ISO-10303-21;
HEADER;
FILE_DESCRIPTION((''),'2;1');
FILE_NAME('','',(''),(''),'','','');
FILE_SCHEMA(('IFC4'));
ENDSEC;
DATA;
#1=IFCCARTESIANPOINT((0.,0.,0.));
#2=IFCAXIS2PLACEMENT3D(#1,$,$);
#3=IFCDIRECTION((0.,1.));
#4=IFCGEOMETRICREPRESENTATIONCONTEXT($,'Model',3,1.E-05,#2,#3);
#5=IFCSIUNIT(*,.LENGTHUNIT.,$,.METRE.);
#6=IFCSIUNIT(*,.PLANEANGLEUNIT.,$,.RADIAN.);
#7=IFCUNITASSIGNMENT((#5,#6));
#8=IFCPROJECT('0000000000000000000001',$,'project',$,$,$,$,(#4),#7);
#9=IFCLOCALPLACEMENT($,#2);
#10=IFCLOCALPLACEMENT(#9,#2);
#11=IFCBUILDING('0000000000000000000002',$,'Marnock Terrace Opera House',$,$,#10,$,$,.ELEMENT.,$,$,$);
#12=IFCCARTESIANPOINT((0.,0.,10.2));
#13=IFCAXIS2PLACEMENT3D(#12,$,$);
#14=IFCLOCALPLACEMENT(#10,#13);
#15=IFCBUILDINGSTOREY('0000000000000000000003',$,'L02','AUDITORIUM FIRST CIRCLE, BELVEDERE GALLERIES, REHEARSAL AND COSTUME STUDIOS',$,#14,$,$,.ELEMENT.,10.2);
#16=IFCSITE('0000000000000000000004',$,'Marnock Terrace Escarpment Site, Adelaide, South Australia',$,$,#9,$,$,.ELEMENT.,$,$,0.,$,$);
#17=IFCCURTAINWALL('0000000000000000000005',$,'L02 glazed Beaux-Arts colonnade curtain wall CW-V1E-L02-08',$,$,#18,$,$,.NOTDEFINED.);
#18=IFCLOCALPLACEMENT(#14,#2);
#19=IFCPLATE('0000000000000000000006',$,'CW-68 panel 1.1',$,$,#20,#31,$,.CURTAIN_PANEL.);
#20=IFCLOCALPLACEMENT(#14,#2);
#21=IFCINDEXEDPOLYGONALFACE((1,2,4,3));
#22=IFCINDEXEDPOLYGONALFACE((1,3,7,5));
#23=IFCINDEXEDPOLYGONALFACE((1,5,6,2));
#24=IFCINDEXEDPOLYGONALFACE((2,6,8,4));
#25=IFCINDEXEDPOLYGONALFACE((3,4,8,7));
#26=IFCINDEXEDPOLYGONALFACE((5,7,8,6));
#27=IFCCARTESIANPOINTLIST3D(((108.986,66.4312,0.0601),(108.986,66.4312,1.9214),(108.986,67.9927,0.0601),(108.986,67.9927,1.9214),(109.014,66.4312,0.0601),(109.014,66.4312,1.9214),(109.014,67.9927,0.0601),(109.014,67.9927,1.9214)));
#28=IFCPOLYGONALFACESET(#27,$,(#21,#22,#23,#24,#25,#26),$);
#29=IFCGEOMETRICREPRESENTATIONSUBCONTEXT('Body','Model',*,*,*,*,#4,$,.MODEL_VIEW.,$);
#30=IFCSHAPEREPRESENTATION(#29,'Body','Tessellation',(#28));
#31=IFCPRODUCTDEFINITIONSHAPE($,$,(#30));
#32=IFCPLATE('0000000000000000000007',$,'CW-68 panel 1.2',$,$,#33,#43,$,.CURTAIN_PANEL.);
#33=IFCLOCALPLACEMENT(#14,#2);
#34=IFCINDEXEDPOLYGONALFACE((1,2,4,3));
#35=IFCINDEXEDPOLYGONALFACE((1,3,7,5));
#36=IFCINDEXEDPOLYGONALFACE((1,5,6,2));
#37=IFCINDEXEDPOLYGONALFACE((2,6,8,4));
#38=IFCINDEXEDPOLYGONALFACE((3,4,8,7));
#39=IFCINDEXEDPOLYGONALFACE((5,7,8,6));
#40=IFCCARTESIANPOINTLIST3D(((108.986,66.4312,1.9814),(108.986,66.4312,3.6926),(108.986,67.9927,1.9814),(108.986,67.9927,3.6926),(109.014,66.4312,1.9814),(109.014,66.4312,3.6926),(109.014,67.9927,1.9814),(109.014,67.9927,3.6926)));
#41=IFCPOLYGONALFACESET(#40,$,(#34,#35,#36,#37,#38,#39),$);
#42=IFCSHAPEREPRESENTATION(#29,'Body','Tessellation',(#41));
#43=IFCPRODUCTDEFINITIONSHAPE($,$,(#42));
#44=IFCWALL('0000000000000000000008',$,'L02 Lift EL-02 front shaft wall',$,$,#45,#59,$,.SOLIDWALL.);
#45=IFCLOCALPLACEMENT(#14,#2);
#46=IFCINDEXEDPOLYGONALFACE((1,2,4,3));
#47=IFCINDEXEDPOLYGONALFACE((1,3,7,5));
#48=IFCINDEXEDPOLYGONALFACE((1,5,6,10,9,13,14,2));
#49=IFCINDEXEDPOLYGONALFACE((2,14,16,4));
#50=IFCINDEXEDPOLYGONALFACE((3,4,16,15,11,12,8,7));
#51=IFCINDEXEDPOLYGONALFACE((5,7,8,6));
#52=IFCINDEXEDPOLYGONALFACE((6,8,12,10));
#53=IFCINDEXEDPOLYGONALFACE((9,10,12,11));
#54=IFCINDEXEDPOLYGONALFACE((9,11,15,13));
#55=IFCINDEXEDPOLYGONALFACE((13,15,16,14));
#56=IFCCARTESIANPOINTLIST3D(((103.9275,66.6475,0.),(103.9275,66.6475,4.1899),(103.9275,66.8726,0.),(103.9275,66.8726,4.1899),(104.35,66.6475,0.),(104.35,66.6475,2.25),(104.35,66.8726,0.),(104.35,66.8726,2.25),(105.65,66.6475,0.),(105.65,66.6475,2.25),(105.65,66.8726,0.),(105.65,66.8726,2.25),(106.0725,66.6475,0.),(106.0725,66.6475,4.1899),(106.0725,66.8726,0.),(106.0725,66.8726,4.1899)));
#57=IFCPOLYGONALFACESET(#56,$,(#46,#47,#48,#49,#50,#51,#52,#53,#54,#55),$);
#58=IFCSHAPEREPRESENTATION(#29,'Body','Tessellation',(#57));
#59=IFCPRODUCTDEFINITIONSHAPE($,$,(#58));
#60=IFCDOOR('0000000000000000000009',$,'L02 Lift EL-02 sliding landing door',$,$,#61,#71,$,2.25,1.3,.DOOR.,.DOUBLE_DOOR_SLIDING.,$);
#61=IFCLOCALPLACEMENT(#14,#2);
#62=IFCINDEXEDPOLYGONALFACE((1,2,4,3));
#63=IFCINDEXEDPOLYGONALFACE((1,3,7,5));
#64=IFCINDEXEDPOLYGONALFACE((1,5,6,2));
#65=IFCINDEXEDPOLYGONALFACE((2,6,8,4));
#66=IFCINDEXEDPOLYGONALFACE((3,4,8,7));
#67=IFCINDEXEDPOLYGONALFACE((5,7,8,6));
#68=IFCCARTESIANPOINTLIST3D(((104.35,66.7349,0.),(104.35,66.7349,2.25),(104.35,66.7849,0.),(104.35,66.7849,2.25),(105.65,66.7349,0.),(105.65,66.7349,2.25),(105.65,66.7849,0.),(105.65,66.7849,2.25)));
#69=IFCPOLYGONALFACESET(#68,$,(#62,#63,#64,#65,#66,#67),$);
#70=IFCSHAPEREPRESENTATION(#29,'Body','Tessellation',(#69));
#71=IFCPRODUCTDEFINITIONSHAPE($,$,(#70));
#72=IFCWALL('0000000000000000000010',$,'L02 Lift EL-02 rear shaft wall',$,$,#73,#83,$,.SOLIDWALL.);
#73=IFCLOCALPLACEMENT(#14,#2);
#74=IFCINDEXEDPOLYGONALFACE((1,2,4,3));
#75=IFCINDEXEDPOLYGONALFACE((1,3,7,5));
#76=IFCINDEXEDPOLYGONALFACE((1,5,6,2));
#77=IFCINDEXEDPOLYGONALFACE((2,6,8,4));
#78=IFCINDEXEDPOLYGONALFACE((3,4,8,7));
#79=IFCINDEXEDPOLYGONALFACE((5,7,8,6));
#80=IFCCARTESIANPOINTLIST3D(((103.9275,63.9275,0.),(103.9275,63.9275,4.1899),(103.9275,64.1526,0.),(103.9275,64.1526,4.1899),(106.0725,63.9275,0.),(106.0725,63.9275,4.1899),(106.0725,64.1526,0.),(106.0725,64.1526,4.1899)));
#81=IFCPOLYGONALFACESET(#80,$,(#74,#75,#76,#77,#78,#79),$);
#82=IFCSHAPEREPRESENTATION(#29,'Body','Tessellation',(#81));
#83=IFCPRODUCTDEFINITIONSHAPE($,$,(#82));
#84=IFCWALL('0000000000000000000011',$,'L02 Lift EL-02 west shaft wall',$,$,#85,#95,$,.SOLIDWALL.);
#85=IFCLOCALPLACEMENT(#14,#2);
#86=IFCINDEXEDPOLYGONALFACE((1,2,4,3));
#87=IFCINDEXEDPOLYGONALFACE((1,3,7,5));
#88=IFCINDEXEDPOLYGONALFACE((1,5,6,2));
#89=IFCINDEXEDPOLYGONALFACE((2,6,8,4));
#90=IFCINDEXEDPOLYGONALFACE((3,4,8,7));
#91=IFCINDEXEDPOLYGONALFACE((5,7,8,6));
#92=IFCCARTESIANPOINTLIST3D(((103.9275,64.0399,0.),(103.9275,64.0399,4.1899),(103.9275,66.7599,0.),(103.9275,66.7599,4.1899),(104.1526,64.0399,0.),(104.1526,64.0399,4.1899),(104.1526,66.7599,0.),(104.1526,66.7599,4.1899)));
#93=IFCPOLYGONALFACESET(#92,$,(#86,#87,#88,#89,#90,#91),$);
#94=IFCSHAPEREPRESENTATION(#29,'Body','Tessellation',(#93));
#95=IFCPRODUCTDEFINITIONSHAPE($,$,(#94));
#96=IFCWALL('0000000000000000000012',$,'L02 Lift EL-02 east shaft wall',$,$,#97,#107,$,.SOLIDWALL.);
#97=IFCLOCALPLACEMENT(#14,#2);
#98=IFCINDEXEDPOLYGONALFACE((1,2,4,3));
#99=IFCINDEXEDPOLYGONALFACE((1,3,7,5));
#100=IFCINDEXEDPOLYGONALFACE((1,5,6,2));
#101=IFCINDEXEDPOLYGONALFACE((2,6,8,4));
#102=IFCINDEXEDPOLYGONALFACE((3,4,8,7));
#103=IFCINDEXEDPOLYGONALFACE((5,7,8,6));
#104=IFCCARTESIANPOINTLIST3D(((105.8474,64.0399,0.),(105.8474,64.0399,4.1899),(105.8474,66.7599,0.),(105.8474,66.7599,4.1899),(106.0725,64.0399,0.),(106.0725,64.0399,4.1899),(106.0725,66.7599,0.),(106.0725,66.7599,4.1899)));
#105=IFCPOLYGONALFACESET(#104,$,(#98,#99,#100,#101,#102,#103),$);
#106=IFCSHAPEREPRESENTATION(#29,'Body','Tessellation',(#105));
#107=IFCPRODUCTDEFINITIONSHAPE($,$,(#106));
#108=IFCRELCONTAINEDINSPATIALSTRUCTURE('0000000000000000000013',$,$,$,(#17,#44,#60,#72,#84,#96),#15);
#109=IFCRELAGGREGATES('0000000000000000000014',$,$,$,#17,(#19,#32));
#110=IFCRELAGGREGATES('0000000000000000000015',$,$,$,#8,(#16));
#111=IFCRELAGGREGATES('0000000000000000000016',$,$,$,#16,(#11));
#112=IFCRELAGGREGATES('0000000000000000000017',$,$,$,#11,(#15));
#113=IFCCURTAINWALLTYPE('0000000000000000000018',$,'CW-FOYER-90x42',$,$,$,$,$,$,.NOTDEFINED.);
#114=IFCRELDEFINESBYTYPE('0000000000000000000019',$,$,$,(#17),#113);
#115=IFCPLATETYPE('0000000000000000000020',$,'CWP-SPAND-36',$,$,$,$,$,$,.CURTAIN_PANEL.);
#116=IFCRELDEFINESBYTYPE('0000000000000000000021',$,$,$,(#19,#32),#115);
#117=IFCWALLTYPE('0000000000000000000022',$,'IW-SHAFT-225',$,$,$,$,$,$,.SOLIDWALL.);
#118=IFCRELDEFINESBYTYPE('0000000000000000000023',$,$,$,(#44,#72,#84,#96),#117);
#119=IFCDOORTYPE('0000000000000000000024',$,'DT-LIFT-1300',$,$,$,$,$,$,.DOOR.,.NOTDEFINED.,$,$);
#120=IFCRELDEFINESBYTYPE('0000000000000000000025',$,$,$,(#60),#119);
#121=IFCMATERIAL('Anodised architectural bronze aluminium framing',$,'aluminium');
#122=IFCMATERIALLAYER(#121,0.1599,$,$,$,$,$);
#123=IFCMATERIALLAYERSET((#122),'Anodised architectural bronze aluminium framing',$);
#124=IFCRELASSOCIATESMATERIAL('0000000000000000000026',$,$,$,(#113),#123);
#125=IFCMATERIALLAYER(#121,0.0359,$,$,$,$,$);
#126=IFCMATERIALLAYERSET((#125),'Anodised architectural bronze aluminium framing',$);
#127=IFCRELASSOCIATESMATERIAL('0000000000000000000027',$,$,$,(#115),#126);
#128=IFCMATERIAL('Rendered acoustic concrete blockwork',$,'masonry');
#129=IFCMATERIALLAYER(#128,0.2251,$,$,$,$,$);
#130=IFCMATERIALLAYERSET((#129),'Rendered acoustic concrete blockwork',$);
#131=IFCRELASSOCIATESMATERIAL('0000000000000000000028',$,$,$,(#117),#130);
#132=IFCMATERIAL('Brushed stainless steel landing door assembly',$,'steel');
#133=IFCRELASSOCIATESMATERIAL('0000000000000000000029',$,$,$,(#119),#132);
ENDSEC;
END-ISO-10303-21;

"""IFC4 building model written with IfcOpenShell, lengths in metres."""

from ifc_helpers import new_model, si_unit, direction, frame, frame_2d, origin, origin_2d, place, context, subcontext, project, spatial, rectangle, extrude, material, layer, layer_set, type_object, element, fill, aggregate, save


model = new_model("IFC4")

# Units and contexts
model_context = context("Model", 3, precision=1e-05, world=origin(), true_north=direction((0.0, 1.0)))
body_context = subcontext(model_context, "Body", "Model", "MODEL_VIEW")
ifc_project = project(units=[si_unit("LENGTHUNIT", "METRE"), si_unit("PLANEANGLEUNIT", "RADIAN")], contexts=[model_context])

# Site, building, storey
site_placement = place(None, origin())
site = spatial("IfcSite", under=ifc_project, at=site_placement, Name="Marnock Terrace Escarpment Site, Adelaide, South Australia", CompositionType="ELEMENT", RefElevation=0.0)
building_placement = place(site_placement, origin())
building = spatial("IfcBuilding", under=site, at=building_placement, Name="Marnock Terrace Opera House", CompositionType="ELEMENT")
storey_placement = place(building_placement, frame((0.0, 0.0, 10.2)))
storey = spatial("IfcBuildingStorey", under=building, at=storey_placement, Name="L02", Description="AUDITORIUM FIRST CIRCLE, BELVEDERE GALLERIES, REHEARSAL AND COSTUME STUDIOS", CompositionType="ELEMENT", Elevation=10.2)

# Curtain wall
ifc_material_1 = material(Name="Anodised architectural bronze aluminium framing", Category="aluminium")
ifc_layer_1 = layer(ifc_material_1, 0.1599)
ifc_layer_set_1 = layer_set([ifc_layer_1], Name="Anodised architectural bronze aluminium framing")
curtain_wall_type = type_object("IfcCurtainWallType", Name="CW-FOYER-90x42", PredefinedType="NOTDEFINED", material=ifc_layer_set_1)
curtain_wall_1_placement = place(storey_placement, origin())
curtain_wall_1 = element("IfcCurtainWall", 1, at=curtain_wall_1_placement, inside=storey, type_object=curtain_wall_type, Name="L02 glazed Beaux-Arts colonnade curtain wall CW-V1E-L02-08", PredefinedType="NOTDEFINED")

# Plates
ifc_layer_2 = layer(ifc_material_1, 0.0359)
ifc_layer_set_2 = layer_set([ifc_layer_2], Name="Anodised architectural bronze aluminium framing")
plate_type_1 = type_object("IfcPlateType", Name="CWP-SPAND-36", PredefinedType="CURTAIN_PANEL", material=ifc_layer_set_2)
plate_1_placement = place(storey_placement, frame((109.0, 67.2119, 0.0601), z_axis=(0.0, 0.0, 1.0), x_axis=(0.0, 1.0, 0.0)))
plate_1 = element("IfcPlate", 2, at=plate_1_placement, type_object=plate_type_1, Name="CW-68 panel 1.1", PredefinedType="CURTAIN_PANEL", context=body_context, shape_type="SweptSolid", body=[
    extrude(rectangle(XDim=1.5615, YDim=0.0281, at=origin_2d()), origin(), (0.0, 0.0, 1.0), 1.8613),
])
plate_2_placement = place(storey_placement, frame((109.0, 67.2119, 1.9814), z_axis=(0.0, 0.0, 1.0), x_axis=(0.0, 1.0, 0.0)))
plate_2 = element("IfcPlate", 3, at=plate_2_placement, type_object=plate_type_1, Name="CW-68 panel 1.2", PredefinedType="CURTAIN_PANEL", context=body_context, shape_type="SweptSolid", body=[
    extrude(rectangle(XDim=1.5615, YDim=0.0281, at=origin_2d()), origin(), (0.0, 0.0, 1.0), 1.7112),
])
aggregate(curtain_wall_1, [plate_1, plate_2])

# Wall, opening, door
ifc_material_2 = material(Name="Rendered acoustic concrete blockwork", Category="masonry")
ifc_layer_3 = layer(ifc_material_2, 0.2251)
ifc_layer_set_3 = layer_set([ifc_layer_3], Name="Rendered acoustic concrete blockwork")
wall_type = type_object("IfcWallType", Name="IW-SHAFT-225", PredefinedType="SOLIDWALL", material=ifc_layer_set_3)
wall_1_placement = place(storey_placement, frame((103.9275, 66.76, 0.0), z_axis=(0.0, 0.0, 1.0), x_axis=(1.0, 0.0, 0.0)))
wall_1 = element("IfcWall", 4, at=wall_1_placement, inside=storey, type_object=wall_type, Name="L02 Lift EL-02 front shaft wall", PredefinedType="SOLIDWALL", context=body_context, shape_type="SweptSolid", body=[
    extrude(rectangle(XDim=2.145, YDim=0.2251, at=frame_2d((1.0725, 0.0))), origin(), (0.0, 0.0, 1.0), 4.1899),
])
opening_placement = place(wall_1_placement, frame((0.4226, 0.0, 0.0)))
opening = element("IfcOpeningElement", 5, at=opening_placement, cuts=wall_1, PredefinedType="OPENING", context=body_context, shape_type="SweptSolid", body=[
    extrude(rectangle(XDim=1.3, YDim=2.25, at=frame_2d((0.6499, 1.125))), frame((0.0, 0.1226, 0.0), z_axis=(0.0, -1.0, 0.0), x_axis=(1.0, 0.0, 0.0)), (0.0, 0.0, 1.0), 0.2451),
])
ifc_material_3 = material(Name="Brushed stainless steel landing door assembly", Category="steel")
door_type = type_object("IfcDoorType", Name="DT-LIFT-1300", OperationType="NOTDEFINED", PredefinedType="DOOR", material=ifc_material_3)
door_placement = place(opening_placement, origin())
door = element("IfcDoor", 6, at=door_placement, inside=storey, type_object=door_type, Name="L02 Lift EL-02 sliding landing door", OperationType="DOUBLE_DOOR_SLIDING", OverallHeight=2.25, OverallWidth=1.3, PredefinedType="DOOR", context=body_context, shape_type="SweptSolid", body=[
    extrude(rectangle(XDim=1.3, YDim=2.25, at=frame_2d((0.6499, 1.125))), frame((0.0, 0.0249, 0.0), z_axis=(0.0, -1.0, 0.0), x_axis=(1.0, 0.0, 0.0)), (0.0, 0.0, 1.0), 0.05),
])
fill(opening, door)

# Walls
wall_2_placement = place(storey_placement, frame((103.9275, 64.04, 0.0), z_axis=(0.0, 0.0, 1.0), x_axis=(1.0, 0.0, 0.0)))
element("IfcWall", 7, at=wall_2_placement, inside=storey, type_object=wall_type, Name="L02 Lift EL-02 rear shaft wall", PredefinedType="SOLIDWALL", context=body_context, shape_type="SweptSolid", body=[
    extrude(rectangle(XDim=2.145, YDim=0.2251, at=frame_2d((1.0725, 0.0))), origin(), (0.0, 0.0, 1.0), 4.1899),
])
for number, where, z_axis, x_axis, name in (
    (8, (104.04, 64.04, 0.0), (0.0, 0.0, 1.0), (0.0, 1.0, 0.0), "L02 Lift EL-02 west shaft wall"),
    (9, (105.96, 64.04, 0.0), (0.0, 0.0, 1.0), (0.0, 1.0, 0.0), "L02 Lift EL-02 east shaft wall"),
):
    element("IfcWall", number, at=place(storey_placement, frame(where, z_axis=z_axis, x_axis=x_axis)), inside=storey, type_object=wall_type, Name=name, PredefinedType="SOLIDWALL", context=body_context, shape_type="SweptSolid", body=[
        extrude(rectangle(XDim=2.72, YDim=0.2251, at=frame_2d((1.3599, 0.0))), origin(), (0.0, 0.0, 1.0), 4.1899),
    ])

save(model, "model.ifc")
